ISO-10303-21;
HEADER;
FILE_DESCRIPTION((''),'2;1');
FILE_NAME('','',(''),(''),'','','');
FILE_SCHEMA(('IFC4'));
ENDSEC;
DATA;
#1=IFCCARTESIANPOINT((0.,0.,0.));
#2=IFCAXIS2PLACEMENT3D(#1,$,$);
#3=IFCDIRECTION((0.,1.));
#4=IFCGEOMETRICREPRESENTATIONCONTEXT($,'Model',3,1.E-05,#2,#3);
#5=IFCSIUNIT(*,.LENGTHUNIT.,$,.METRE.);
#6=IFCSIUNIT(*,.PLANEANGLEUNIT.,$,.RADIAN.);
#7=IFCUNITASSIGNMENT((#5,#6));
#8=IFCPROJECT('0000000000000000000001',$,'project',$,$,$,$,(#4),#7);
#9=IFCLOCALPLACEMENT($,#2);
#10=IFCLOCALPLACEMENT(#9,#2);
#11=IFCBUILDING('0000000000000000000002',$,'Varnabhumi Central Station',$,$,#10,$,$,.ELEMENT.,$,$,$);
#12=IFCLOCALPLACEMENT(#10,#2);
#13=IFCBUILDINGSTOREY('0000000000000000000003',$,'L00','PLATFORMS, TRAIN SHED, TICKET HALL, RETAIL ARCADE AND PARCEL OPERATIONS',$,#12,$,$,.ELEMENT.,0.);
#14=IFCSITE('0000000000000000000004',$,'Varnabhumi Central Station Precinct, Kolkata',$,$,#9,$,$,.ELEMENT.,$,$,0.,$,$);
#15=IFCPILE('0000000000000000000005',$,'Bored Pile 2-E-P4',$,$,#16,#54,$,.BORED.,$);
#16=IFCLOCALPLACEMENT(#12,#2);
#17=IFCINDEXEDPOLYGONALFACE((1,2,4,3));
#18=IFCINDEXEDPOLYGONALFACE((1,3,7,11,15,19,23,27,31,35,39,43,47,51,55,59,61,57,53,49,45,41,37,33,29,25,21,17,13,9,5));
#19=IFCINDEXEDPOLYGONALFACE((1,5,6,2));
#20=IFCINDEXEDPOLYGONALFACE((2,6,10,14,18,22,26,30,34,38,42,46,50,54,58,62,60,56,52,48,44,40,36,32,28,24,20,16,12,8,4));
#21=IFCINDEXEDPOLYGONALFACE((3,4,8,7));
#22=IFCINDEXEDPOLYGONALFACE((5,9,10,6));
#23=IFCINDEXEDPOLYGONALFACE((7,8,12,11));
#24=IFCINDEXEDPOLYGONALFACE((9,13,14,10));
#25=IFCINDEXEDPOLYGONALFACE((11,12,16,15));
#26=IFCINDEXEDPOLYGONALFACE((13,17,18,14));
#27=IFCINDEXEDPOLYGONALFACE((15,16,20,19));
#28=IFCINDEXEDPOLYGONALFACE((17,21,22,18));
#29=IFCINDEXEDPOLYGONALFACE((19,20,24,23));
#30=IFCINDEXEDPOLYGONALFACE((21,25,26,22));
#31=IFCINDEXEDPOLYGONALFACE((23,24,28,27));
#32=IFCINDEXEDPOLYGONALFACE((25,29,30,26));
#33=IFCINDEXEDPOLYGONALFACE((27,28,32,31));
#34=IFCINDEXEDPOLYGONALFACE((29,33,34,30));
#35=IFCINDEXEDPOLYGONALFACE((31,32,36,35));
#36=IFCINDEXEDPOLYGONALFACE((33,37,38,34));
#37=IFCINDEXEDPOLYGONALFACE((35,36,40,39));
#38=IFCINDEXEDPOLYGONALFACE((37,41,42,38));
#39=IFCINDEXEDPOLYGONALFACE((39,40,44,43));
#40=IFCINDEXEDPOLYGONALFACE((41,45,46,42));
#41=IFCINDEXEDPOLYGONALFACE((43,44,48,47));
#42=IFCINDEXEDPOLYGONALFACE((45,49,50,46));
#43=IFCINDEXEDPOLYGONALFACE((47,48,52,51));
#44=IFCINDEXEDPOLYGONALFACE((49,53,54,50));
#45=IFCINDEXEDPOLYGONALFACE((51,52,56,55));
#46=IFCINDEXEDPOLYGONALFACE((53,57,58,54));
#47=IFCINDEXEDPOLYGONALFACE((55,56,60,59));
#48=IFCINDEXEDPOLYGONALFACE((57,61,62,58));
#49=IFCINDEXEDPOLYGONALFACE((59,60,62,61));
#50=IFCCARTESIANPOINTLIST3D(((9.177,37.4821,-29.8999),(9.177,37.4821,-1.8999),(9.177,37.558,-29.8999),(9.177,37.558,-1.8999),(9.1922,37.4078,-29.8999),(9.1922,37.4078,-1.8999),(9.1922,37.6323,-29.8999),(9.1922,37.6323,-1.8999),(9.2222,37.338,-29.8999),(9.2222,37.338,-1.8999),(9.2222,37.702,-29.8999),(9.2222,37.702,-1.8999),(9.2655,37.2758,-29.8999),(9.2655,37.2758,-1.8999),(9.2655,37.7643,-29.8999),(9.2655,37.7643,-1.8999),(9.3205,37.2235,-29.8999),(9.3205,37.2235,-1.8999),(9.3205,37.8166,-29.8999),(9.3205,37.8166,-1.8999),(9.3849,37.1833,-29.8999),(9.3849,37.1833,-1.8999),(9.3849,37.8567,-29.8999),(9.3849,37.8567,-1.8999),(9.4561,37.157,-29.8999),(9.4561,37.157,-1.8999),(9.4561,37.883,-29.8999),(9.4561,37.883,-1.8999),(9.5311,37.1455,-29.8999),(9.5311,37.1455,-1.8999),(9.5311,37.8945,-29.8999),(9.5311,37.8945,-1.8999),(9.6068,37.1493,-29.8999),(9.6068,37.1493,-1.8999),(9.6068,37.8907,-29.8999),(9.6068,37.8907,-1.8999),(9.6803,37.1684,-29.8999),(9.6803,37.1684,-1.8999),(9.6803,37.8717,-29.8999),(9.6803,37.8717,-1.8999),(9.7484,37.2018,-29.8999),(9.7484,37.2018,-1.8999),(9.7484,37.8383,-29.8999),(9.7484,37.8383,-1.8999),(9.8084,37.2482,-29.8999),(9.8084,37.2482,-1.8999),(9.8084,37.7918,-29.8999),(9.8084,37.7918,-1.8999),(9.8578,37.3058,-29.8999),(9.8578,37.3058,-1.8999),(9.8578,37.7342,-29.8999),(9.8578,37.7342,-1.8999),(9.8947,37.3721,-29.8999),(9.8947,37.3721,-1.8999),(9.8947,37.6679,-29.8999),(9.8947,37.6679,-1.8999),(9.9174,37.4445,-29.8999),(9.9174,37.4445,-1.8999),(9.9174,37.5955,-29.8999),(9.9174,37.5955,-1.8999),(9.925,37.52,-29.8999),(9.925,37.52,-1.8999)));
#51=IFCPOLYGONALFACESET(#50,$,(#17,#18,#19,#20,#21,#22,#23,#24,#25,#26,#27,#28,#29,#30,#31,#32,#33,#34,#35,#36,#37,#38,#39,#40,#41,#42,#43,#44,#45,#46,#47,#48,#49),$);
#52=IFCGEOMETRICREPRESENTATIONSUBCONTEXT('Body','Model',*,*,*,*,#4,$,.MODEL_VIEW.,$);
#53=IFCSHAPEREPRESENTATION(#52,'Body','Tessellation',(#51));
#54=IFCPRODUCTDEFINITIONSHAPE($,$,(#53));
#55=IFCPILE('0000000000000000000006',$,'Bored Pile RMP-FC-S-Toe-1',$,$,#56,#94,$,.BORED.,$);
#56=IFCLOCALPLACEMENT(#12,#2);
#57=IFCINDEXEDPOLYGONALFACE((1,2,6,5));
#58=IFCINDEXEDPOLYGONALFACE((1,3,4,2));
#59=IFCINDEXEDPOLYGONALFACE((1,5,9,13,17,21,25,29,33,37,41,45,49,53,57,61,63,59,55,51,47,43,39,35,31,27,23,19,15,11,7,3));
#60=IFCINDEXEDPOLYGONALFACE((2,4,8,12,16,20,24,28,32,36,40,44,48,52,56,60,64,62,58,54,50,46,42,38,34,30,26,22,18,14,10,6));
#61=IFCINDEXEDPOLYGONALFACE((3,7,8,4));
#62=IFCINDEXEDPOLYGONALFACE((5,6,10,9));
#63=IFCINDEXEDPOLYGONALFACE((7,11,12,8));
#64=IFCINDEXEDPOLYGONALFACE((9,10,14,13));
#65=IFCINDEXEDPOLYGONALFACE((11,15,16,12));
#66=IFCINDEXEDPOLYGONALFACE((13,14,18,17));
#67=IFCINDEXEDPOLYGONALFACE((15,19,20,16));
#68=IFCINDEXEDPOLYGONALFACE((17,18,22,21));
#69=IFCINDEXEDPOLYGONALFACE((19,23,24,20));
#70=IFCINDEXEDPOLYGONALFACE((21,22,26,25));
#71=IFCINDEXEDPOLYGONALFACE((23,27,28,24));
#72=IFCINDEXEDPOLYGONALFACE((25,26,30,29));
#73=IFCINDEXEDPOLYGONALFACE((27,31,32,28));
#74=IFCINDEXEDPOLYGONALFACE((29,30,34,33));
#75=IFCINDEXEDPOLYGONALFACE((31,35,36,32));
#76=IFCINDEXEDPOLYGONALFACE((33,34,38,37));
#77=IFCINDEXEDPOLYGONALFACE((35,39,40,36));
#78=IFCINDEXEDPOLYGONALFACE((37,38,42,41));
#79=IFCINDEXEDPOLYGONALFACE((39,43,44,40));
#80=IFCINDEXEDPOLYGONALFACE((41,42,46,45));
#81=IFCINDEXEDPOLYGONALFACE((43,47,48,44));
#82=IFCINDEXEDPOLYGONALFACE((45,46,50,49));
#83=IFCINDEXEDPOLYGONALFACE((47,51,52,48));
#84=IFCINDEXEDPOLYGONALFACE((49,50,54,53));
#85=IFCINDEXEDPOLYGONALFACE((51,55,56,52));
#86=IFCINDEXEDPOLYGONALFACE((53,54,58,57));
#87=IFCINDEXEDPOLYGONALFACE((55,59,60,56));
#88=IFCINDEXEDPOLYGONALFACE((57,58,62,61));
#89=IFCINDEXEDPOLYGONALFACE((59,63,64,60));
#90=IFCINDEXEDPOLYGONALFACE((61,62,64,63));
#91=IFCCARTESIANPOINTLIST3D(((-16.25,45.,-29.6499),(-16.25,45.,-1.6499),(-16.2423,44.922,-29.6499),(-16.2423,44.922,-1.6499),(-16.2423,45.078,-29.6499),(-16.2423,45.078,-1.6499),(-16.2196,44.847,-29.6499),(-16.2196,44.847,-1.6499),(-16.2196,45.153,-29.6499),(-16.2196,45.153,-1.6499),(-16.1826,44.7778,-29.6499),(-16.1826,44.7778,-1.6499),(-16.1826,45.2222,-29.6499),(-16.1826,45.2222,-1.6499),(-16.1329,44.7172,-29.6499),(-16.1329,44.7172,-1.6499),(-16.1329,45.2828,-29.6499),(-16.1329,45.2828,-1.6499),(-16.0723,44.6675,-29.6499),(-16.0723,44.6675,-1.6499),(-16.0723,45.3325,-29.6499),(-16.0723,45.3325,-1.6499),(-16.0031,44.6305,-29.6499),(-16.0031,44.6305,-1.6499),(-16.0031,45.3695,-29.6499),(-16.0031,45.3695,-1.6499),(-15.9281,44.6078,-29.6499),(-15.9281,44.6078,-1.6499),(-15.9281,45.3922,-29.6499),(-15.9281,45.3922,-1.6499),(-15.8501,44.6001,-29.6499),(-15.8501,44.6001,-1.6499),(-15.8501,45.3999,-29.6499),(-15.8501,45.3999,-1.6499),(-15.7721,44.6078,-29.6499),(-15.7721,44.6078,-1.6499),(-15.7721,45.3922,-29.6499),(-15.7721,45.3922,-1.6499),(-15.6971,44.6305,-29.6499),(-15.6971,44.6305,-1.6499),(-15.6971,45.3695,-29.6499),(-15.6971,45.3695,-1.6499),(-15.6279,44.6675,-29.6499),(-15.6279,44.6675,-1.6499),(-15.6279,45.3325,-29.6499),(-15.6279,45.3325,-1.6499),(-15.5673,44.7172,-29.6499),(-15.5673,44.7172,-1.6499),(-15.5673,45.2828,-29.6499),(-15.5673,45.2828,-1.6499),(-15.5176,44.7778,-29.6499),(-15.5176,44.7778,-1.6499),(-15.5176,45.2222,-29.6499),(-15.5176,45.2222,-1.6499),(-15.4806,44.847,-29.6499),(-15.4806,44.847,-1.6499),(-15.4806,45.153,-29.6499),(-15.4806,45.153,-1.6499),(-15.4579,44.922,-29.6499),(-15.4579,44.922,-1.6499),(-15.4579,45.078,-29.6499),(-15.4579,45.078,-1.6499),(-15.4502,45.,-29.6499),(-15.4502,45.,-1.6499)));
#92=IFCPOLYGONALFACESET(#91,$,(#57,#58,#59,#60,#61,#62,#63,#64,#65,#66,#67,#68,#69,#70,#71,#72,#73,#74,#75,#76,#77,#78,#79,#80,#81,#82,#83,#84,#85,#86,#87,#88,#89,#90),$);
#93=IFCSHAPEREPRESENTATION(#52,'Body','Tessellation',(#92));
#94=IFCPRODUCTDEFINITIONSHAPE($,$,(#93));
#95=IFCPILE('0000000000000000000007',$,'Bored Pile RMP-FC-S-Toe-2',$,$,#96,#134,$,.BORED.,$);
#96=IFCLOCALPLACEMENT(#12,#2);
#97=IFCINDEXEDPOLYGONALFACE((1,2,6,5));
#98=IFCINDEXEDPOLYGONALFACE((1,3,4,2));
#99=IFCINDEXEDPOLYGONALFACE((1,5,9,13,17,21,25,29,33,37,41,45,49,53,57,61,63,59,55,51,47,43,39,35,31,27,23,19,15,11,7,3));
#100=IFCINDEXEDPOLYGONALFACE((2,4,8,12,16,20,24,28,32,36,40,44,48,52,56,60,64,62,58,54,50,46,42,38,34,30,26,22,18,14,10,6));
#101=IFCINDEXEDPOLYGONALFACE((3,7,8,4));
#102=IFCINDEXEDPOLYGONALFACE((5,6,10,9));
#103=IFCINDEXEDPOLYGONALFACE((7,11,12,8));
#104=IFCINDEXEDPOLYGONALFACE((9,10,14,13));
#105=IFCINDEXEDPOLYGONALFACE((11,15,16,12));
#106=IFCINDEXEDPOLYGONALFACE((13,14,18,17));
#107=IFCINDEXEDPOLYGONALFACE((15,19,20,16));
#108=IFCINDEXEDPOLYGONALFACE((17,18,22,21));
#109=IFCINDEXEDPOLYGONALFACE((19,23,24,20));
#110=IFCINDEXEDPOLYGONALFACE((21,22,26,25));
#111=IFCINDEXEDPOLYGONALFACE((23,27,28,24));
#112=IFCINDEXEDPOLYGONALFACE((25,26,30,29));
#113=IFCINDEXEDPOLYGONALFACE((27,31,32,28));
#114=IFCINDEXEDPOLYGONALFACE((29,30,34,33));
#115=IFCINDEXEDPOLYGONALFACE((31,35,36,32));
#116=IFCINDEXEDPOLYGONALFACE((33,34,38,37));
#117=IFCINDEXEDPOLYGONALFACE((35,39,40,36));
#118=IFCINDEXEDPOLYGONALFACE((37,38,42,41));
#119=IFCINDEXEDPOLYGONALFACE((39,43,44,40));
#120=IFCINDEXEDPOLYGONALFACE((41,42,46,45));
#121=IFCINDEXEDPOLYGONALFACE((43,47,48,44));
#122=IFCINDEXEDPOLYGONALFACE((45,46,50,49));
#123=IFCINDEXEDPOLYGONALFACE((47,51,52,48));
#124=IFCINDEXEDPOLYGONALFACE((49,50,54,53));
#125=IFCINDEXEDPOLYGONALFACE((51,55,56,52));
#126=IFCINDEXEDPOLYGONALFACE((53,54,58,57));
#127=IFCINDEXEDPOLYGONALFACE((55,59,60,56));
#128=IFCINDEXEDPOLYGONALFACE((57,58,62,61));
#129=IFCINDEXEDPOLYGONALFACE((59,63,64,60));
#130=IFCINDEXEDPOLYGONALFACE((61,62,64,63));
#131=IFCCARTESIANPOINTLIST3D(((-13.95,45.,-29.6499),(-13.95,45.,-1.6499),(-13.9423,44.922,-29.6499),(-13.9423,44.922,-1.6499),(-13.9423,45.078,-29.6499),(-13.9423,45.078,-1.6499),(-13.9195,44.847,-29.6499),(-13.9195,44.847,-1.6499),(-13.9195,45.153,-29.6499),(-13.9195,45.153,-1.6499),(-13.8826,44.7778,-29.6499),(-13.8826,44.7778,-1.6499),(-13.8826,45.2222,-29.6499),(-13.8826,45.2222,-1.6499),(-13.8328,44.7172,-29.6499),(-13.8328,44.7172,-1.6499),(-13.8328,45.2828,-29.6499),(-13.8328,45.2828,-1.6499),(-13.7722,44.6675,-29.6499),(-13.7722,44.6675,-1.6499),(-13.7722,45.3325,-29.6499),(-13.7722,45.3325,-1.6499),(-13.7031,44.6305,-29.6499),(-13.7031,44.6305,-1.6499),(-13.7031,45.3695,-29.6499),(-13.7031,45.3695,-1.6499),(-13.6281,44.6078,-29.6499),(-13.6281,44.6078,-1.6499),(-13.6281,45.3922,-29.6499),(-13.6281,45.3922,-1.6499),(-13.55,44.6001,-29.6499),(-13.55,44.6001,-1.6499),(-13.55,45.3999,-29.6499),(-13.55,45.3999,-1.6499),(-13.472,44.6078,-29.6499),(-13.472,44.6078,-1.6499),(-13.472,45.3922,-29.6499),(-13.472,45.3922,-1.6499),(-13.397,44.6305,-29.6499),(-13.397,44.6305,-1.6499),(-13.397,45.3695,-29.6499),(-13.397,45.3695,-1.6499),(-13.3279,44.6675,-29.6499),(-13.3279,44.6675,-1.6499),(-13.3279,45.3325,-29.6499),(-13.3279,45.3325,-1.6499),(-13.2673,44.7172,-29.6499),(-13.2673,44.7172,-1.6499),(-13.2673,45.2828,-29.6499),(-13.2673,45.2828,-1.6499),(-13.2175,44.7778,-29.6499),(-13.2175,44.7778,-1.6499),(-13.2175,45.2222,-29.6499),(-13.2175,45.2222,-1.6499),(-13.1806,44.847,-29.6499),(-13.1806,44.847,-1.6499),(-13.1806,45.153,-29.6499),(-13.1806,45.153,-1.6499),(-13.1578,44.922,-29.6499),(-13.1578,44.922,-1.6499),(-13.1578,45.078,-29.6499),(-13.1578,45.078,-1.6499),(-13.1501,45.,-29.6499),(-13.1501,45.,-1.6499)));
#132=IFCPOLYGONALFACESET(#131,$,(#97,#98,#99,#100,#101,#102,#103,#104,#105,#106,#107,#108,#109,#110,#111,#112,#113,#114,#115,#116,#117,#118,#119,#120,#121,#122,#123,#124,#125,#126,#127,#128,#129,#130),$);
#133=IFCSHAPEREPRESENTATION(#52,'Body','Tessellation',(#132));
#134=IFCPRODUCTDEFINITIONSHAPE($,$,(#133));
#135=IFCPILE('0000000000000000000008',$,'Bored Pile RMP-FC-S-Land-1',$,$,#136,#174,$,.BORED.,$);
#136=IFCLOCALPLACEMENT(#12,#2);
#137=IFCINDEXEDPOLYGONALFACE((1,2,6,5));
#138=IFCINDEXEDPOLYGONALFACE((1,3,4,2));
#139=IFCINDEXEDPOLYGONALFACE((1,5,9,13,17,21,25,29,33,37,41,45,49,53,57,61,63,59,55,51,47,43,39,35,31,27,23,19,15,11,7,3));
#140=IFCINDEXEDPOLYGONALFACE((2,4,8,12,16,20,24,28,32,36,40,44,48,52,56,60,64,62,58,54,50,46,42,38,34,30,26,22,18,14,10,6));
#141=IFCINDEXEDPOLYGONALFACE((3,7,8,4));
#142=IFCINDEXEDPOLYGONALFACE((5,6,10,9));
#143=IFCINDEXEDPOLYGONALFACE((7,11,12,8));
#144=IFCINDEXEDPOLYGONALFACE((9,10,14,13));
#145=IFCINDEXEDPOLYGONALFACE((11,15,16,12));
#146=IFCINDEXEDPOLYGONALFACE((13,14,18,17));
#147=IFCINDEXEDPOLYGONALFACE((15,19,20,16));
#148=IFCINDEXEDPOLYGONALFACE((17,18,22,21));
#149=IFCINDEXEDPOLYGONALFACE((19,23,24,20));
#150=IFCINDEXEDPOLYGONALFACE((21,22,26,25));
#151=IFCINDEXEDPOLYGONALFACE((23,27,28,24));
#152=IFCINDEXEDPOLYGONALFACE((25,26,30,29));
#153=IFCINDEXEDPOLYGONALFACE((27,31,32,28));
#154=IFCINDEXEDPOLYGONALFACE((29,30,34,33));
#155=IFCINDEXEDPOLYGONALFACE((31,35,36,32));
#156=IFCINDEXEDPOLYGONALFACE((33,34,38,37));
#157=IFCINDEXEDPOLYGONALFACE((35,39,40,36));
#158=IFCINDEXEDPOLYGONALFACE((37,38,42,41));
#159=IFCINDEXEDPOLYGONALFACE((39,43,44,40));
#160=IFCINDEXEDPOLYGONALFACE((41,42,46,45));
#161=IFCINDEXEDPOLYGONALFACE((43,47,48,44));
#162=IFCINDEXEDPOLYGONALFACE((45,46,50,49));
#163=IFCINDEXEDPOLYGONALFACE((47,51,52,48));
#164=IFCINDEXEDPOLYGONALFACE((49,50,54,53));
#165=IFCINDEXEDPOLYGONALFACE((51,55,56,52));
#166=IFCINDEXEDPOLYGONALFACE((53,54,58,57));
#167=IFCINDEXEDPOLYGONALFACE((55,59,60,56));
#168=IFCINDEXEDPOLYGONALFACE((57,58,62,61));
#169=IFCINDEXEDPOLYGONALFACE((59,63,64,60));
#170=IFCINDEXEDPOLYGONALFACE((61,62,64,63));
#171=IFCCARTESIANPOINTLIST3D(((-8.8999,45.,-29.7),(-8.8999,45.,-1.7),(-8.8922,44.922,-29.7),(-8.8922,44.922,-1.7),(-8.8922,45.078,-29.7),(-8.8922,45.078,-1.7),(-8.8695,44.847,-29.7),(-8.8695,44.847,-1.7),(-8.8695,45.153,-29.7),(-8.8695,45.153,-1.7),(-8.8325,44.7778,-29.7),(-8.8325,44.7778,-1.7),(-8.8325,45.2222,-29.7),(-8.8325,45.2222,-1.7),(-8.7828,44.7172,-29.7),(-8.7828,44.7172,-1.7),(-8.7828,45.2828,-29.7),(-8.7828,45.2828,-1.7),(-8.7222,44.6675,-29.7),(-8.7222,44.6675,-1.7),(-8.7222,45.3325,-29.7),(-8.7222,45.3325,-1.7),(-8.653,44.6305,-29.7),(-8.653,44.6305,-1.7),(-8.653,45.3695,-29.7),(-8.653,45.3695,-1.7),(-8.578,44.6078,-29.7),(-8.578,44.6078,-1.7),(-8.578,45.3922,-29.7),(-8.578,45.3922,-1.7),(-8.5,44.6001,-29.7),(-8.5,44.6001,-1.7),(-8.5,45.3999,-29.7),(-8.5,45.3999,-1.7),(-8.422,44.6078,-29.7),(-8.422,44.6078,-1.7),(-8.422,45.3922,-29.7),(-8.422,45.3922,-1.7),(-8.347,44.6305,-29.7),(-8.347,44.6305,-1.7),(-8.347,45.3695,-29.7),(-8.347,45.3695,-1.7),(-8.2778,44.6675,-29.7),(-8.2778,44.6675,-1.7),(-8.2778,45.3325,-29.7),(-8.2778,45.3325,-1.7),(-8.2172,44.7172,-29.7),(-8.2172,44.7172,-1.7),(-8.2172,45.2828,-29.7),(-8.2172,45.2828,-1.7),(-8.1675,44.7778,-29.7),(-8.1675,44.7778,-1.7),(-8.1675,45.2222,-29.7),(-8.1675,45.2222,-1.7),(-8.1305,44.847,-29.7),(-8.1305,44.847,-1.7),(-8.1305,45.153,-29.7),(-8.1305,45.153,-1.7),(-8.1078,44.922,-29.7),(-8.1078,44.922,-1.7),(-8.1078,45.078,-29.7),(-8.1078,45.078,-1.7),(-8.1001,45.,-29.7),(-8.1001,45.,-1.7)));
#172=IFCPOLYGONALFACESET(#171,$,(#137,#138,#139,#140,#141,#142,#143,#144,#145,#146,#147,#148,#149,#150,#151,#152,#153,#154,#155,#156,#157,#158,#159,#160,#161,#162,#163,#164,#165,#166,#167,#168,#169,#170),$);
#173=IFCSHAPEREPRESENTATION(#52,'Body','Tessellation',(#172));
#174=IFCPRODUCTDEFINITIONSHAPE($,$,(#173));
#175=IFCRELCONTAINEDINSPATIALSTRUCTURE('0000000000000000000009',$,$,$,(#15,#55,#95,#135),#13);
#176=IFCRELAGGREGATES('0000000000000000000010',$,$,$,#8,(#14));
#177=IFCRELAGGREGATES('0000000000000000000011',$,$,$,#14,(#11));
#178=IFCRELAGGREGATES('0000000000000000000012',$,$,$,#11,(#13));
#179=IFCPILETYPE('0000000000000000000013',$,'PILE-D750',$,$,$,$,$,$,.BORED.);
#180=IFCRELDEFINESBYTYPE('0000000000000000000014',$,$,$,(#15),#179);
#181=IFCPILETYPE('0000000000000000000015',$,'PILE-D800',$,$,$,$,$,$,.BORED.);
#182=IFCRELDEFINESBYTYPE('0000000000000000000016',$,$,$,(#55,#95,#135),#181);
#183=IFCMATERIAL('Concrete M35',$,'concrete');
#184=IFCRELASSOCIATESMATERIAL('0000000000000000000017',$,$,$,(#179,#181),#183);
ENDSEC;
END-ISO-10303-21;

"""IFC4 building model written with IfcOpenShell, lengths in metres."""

from ifc_helpers import new_model, si_unit, direction, frame, origin, origin_2d, place, context, subcontext, project, spatial, circle, extrude, material, material_profile, profile_set, type_object, element, save


model = new_model("IFC4")

# Units and contexts
model_context = context("Model", 3, precision=1e-05, world=origin(), true_north=direction((0.0, 1.0)))
body_context = subcontext(model_context, "Body", "Model", "MODEL_VIEW")
ifc_project = project(units=[si_unit("LENGTHUNIT", "METRE"), si_unit("PLANEANGLEUNIT", "RADIAN")], contexts=[model_context])

# Site, building, storey
site_placement = place(None, origin())
site = spatial("IfcSite", under=ifc_project, at=site_placement, Name="Varnabhumi Central Station Precinct, Kolkata", CompositionType="ELEMENT", RefElevation=0.0)
building_placement = place(site_placement, origin())
building = spatial("IfcBuilding", under=site, at=building_placement, Name="Varnabhumi Central Station", CompositionType="ELEMENT")
storey_placement = place(building_placement, origin())
storey = spatial("IfcBuildingStorey", under=building, at=storey_placement, Name="L00", Description="PLATFORMS, TRAIN SHED, TICKET HALL, RETAIL ARCADE AND PARCEL OPERATIONS", CompositionType="ELEMENT", Elevation=0.0)

# Piles
ifc_material_1 = material(Name="Concrete M35", Category="concrete")
ifc_material_profile_1 = material_profile(ifc_material_1, circle(Radius=0.375, at=origin_2d()), Name="Concrete M35", Category="concrete")
ifc_profile_set_1 = profile_set([ifc_material_profile_1], Name="Concrete M35")
pile_type_1 = type_object("IfcPileType", Name="PILE-D750", PredefinedType="BORED", material=ifc_profile_set_1)
for number, where, z_axis, x_axis, name in (
    (1, (9.55, 37.52, -1.8999), (0.0, 0.0, -1.0), (1.0, 0.0, 0.0), "Bored Pile 2-E-P4"),
):
    element("IfcPile", number, at=place(storey_placement, frame(where, z_axis=z_axis, x_axis=x_axis)), inside=storey, type_object=pile_type_1, Name=name, PredefinedType="BORED", context=body_context, shape_type="SweptSolid", body=[
        extrude(circle(Radius=0.375, at=origin_2d()), origin(), (0.0, 0.0, 1.0), 28.0),
    ])
ifc_material_profile_2 = material_profile(ifc_material_1, circle(Radius=0.3999, at=origin_2d()), Name="Concrete M35", Category="concrete")
ifc_profile_set_2 = profile_set([ifc_material_profile_2], Name="Concrete M35")
pile_type_2 = type_object("IfcPileType", Name="PILE-D800", PredefinedType="BORED", material=ifc_profile_set_2)
for number, where, z_axis, x_axis, name in (
    (2, (-15.8501, 45.0, -1.6499), (0.0, 0.0, -1.0), (1.0, 0.0, 0.0), "Bored Pile RMP-FC-S-Toe-1"),
    (3, (-13.55, 45.0, -1.6499), (0.0, 0.0, -1.0), (1.0, 0.0, 0.0), "Bored Pile RMP-FC-S-Toe-2"),
    (4, (-8.5, 45.0, -1.7), (0.0, 0.0, -1.0), (1.0, 0.0, 0.0), "Bored Pile RMP-FC-S-Land-1"),
):
    element("IfcPile", number, at=place(storey_placement, frame(where, z_axis=z_axis, x_axis=x_axis)), inside=storey, type_object=pile_type_2, Name=name, PredefinedType="BORED", context=body_context, shape_type="SweptSolid", body=[
        extrude(circle(Radius=0.3999, at=origin_2d()), origin(), (0.0, 0.0, 1.0), 28.0),
    ])

save(model, "model.ifc")
